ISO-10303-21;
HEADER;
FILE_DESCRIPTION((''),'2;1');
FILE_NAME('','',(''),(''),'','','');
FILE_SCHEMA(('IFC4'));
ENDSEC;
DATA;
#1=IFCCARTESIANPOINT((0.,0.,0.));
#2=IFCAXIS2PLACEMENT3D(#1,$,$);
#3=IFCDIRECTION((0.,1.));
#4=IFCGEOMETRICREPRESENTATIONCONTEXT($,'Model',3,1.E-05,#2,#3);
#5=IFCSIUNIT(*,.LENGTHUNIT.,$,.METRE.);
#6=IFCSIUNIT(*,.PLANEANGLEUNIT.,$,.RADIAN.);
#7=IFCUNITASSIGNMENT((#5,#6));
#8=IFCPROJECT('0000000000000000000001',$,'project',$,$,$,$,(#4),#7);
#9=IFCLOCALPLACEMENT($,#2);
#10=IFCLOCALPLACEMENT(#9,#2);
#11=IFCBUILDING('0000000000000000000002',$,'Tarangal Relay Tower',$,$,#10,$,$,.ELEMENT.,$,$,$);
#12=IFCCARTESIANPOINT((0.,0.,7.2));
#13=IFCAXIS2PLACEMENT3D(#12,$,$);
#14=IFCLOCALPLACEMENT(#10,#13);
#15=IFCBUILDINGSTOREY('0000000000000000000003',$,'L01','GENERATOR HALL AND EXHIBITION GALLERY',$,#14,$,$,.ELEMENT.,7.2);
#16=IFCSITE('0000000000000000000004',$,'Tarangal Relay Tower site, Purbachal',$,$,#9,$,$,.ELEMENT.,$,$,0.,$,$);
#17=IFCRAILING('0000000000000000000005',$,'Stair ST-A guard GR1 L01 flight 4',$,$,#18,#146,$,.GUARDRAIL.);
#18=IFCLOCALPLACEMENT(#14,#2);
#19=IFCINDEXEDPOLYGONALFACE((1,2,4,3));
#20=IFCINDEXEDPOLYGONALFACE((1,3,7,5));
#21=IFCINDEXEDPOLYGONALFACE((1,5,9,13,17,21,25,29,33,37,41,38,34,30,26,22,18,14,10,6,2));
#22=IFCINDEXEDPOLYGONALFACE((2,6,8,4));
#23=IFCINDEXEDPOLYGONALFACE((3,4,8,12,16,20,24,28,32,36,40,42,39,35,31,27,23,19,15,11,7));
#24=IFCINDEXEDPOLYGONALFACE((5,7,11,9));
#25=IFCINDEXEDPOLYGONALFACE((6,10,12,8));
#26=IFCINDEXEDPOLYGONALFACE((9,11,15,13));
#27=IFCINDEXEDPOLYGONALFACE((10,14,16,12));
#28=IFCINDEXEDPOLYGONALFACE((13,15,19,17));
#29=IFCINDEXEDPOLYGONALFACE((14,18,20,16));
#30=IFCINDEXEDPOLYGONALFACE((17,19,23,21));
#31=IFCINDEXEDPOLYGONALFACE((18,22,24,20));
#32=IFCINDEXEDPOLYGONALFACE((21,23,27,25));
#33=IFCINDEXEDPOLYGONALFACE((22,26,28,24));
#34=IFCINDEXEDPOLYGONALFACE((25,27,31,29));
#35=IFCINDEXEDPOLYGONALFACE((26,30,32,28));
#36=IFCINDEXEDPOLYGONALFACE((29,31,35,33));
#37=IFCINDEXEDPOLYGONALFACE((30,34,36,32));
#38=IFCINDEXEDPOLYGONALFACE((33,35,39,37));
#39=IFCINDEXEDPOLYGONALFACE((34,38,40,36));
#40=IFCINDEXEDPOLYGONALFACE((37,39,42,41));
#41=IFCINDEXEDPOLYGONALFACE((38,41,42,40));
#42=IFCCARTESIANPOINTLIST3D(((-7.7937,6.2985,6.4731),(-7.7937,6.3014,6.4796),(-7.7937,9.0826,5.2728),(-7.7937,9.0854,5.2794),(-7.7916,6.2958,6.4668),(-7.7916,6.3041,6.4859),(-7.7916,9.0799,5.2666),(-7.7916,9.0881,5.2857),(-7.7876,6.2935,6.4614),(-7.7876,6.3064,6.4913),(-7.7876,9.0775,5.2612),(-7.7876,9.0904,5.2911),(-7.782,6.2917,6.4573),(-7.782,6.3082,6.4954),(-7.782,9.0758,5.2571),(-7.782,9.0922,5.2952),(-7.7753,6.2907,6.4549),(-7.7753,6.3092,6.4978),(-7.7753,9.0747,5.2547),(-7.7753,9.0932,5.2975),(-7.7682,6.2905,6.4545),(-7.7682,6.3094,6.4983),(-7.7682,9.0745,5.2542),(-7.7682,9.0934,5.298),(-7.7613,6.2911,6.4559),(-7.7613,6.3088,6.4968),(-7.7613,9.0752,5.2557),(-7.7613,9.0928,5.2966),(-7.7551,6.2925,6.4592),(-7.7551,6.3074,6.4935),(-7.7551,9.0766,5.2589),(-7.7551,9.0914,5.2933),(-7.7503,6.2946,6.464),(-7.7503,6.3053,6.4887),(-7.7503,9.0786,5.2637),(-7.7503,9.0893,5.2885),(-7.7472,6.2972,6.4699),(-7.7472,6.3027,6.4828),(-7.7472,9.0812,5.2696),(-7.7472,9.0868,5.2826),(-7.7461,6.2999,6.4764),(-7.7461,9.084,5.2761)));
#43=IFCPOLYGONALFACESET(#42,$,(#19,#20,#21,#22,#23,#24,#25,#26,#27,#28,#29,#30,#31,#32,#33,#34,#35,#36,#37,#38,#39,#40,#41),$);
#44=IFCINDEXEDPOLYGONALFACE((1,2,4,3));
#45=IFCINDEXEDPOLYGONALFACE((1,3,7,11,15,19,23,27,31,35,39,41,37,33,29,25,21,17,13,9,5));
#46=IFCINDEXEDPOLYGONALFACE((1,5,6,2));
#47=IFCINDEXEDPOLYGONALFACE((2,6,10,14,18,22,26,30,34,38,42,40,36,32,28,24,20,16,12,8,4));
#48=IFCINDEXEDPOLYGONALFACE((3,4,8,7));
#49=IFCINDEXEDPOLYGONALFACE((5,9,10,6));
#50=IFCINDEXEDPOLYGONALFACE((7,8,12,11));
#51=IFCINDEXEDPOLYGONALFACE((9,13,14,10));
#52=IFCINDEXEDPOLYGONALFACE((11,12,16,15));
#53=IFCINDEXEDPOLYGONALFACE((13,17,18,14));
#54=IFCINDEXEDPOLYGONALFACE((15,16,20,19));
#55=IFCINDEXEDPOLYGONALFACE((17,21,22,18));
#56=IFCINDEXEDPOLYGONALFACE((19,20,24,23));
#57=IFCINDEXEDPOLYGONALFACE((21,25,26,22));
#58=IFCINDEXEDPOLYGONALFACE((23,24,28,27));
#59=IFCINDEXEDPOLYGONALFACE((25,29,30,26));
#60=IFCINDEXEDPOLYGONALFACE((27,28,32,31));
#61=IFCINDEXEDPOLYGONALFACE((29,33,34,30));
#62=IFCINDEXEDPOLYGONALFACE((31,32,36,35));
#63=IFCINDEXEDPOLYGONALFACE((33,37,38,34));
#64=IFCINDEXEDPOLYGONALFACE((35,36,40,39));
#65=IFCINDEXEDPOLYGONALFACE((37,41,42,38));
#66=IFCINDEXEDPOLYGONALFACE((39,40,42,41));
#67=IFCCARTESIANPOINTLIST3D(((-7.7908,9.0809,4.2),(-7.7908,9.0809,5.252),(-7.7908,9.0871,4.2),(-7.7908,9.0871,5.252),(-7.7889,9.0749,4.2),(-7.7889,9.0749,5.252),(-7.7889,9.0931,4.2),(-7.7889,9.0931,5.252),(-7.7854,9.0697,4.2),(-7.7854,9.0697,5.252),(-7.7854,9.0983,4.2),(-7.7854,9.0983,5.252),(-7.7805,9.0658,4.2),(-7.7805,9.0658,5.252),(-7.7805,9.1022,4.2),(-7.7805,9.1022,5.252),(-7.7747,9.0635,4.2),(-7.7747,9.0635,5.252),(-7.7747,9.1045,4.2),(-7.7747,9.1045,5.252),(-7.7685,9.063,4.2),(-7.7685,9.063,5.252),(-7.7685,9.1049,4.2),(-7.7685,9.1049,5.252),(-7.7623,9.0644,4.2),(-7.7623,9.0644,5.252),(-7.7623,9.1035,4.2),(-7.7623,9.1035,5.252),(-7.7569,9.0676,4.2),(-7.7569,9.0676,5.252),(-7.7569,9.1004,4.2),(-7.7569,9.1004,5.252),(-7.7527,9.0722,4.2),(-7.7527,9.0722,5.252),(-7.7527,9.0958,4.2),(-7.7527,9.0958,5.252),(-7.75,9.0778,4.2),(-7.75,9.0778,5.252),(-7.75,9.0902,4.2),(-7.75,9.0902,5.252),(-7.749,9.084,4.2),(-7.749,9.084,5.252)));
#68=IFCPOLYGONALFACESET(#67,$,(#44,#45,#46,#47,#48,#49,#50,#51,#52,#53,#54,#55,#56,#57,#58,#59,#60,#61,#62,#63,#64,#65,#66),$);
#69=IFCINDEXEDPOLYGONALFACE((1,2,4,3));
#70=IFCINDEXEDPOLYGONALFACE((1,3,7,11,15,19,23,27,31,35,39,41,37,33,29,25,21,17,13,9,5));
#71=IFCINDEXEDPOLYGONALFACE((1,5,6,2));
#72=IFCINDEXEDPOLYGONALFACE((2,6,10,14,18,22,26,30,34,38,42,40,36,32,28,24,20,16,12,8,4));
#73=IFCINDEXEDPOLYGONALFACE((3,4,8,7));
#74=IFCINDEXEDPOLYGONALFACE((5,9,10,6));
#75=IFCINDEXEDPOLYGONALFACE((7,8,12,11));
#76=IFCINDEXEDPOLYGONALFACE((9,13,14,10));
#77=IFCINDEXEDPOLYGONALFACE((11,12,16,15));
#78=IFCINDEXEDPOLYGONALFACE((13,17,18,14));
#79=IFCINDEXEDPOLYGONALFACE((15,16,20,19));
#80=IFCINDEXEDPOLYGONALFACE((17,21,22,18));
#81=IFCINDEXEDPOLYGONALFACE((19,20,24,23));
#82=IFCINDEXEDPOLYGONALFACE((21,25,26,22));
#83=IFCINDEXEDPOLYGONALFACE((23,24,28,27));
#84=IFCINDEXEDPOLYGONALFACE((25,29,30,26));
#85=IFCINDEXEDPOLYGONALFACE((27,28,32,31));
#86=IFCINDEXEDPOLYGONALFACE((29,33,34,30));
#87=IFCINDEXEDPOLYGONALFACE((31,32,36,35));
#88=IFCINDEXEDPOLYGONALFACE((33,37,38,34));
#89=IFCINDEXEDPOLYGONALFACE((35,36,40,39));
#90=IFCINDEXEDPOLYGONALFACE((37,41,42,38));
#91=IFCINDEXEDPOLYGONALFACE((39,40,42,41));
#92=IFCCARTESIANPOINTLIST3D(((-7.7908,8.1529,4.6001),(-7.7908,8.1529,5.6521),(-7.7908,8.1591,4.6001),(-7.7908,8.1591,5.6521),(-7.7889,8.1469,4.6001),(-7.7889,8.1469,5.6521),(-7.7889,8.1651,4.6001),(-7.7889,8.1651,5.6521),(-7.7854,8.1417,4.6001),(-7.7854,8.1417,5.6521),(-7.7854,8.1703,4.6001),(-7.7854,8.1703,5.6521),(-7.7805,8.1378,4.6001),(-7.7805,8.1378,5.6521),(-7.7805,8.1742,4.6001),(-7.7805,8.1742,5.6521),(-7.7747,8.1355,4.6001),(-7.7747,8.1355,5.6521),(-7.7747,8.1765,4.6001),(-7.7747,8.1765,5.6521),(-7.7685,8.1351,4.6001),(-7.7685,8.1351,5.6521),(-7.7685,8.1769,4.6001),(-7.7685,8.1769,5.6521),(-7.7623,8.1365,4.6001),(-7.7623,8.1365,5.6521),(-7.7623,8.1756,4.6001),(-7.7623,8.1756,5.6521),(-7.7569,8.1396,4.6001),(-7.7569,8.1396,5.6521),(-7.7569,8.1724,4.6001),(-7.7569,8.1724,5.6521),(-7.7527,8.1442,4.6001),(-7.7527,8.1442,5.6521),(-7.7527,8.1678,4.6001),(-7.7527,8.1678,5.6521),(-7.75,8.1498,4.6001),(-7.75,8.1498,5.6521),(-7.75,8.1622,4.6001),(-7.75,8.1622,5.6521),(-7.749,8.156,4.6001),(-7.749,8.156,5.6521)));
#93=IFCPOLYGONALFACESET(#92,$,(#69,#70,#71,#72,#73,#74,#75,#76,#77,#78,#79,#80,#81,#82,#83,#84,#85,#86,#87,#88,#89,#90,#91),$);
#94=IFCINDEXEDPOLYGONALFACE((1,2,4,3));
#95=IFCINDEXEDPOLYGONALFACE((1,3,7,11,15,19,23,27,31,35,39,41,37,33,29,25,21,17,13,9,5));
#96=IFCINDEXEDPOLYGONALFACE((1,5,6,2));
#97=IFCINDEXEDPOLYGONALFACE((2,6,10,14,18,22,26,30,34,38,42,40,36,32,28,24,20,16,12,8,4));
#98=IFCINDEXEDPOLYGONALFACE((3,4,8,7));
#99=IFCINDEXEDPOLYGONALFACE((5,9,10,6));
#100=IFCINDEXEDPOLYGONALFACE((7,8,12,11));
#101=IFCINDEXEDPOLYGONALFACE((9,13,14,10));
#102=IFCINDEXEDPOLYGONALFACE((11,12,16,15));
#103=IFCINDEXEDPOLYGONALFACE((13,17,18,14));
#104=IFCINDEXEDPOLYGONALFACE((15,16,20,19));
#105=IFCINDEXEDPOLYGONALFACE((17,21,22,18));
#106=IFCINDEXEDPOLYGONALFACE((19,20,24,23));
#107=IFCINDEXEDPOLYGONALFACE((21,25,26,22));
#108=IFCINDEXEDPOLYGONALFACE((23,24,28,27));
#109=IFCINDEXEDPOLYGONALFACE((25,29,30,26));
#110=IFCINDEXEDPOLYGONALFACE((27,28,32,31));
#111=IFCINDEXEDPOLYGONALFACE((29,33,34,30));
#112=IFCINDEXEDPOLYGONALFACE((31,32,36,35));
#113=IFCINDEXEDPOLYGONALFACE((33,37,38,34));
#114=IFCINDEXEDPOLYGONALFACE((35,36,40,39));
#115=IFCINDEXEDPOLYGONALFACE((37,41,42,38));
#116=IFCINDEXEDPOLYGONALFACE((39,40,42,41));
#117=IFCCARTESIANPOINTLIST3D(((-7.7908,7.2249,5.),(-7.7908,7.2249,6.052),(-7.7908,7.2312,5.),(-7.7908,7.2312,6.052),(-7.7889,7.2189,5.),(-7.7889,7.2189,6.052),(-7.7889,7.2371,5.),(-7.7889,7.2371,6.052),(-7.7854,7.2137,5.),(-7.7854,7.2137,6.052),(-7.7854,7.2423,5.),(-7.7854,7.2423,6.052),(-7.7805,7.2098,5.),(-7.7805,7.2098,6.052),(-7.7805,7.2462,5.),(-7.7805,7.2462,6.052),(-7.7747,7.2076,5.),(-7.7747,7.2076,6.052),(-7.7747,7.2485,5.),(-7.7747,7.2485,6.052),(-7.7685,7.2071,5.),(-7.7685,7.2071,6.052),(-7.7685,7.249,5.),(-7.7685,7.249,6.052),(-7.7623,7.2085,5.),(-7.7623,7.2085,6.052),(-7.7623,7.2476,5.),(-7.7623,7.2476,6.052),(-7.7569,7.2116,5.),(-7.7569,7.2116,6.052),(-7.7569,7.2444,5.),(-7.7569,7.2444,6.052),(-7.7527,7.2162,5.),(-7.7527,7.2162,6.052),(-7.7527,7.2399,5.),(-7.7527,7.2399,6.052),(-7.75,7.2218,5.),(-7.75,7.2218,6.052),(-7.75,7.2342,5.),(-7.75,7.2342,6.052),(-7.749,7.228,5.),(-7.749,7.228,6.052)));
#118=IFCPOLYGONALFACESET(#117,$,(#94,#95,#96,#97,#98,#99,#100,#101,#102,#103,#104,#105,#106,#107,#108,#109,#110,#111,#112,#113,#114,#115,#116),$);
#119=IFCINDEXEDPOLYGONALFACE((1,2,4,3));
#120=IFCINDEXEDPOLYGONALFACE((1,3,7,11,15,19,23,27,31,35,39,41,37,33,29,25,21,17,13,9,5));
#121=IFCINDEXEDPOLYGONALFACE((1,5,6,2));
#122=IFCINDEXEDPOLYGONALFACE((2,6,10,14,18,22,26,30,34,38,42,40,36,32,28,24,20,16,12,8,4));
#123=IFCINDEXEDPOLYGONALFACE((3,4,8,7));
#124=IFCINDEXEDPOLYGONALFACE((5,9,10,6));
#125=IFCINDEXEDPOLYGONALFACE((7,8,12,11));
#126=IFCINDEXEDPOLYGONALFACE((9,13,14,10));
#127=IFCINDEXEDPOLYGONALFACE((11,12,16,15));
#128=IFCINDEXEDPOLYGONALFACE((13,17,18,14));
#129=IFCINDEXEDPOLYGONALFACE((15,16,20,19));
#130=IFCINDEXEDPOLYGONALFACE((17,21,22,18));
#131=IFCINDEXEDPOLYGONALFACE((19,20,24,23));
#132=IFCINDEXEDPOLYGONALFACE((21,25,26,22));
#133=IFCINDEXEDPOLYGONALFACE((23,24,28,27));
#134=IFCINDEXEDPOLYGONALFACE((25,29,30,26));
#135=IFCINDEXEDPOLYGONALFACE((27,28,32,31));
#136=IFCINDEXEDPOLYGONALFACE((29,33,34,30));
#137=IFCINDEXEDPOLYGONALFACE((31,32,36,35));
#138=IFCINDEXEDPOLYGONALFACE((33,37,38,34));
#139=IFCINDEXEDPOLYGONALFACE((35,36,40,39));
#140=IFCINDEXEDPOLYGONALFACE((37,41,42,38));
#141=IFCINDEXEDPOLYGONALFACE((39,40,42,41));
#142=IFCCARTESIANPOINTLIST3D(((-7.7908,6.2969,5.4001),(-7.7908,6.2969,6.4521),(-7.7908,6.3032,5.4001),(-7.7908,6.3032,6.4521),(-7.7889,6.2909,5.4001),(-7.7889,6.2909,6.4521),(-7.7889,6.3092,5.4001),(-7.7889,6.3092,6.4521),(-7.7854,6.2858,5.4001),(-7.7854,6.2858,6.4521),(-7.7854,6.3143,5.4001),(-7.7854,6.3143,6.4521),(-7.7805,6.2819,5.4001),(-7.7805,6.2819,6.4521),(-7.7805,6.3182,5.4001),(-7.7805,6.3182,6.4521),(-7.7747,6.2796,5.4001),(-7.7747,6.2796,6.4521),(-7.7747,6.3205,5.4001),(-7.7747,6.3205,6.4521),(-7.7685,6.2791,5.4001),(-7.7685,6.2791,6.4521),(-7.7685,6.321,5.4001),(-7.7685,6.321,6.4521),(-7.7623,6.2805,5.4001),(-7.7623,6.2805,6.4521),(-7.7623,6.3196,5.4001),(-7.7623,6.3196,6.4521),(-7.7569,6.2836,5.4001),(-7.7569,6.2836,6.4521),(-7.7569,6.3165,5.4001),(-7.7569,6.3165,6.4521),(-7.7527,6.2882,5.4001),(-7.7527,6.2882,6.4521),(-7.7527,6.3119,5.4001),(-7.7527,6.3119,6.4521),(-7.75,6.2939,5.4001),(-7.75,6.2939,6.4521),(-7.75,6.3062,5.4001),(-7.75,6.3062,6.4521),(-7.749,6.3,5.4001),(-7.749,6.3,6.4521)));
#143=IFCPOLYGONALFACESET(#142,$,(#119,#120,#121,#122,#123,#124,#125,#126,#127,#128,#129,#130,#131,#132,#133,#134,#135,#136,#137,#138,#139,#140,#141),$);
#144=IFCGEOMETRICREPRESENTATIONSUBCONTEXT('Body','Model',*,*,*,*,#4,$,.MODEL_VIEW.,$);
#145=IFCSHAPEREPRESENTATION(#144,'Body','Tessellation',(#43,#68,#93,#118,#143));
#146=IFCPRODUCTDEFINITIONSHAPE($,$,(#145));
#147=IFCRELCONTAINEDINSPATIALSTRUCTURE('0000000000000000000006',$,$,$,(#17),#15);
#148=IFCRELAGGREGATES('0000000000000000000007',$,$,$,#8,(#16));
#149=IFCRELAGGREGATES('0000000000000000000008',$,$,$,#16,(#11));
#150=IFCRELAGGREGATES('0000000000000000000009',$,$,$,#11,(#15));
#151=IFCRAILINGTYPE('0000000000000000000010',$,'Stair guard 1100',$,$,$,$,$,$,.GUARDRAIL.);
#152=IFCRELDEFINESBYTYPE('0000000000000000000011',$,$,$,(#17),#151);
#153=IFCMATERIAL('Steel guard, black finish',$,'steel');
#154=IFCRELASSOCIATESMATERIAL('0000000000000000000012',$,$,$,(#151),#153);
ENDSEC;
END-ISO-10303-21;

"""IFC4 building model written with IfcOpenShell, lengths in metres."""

from ifc_helpers import new_model, si_unit, direction, frame, origin, origin_2d, place, context, subcontext, project, spatial, circle, extrude, material, type_object, element, save


model = new_model("IFC4")

# Units and contexts
model_context = context("Model", 3, precision=1e-05, world=origin(), true_north=direction((0.0, 1.0)))
body_context = subcontext(model_context, "Body", "Model", "MODEL_VIEW")
ifc_project = project(units=[si_unit("LENGTHUNIT", "METRE"), si_unit("PLANEANGLEUNIT", "RADIAN")], contexts=[model_context])

# Site, building, storey
site_placement = place(None, origin())
site = spatial("IfcSite", under=ifc_project, at=site_placement, Name="Tarangal Relay Tower site, Purbachal", CompositionType="ELEMENT", RefElevation=0.0)
building_placement = place(site_placement, origin())
building = spatial("IfcBuilding", under=site, at=building_placement, Name="Tarangal Relay Tower", CompositionType="ELEMENT")
storey_placement = place(building_placement, frame((0.0, 0.0, 7.2)))
storey = spatial("IfcBuildingStorey", under=building, at=storey_placement, Name="L01", Description="GENERATOR HALL AND EXHIBITION GALLERY", CompositionType="ELEMENT", Elevation=7.2)

# Railing
ifc_material_1 = material(Name="Steel guard, black finish", Category="steel")
railing_type_1 = type_object("IfcRailingType", Name="Stair guard 1100", PredefinedType="GUARDRAIL", material=ifc_material_1)
railing_1_placement = place(storey_placement, frame((-7.77, 9.084, 4.2)))
element("IfcRailing", 1, at=railing_1_placement, inside=storey, type_object=railing_type_1, Name="Stair ST-A guard GR1 L01 flight 4", PredefinedType="GUARDRAIL", context=body_context, shape_type="SweptSolid", body=[
    extrude(circle(Radius=0.0239, at=origin_2d()), frame((0.0, 0.0, 1.0762), z_axis=(0.0, -0.918297, 0.395891), x_axis=(1.0, 0.0, 0.0)), (0.0, 0.0, 1.0), 3.0317),
    extrude(circle(Radius=0.021, at=origin_2d()), origin(), (0.0, 0.0, 1.0), 1.052),
    extrude(circle(Radius=0.021, at=origin_2d()), frame((0.0, -0.928, 0.4001)), (0.0, 0.0, 1.0), 1.052),
    extrude(circle(Radius=0.021, at=origin_2d()), frame((0.0, -1.856, 0.8)), (0.0, 0.0, 1.0), 1.052),
    extrude(circle(Radius=0.021, at=origin_2d()), frame((0.0, -2.7839, 1.2002)), (0.0, 0.0, 1.0), 1.052),
])

save(model, "model.ifc")
